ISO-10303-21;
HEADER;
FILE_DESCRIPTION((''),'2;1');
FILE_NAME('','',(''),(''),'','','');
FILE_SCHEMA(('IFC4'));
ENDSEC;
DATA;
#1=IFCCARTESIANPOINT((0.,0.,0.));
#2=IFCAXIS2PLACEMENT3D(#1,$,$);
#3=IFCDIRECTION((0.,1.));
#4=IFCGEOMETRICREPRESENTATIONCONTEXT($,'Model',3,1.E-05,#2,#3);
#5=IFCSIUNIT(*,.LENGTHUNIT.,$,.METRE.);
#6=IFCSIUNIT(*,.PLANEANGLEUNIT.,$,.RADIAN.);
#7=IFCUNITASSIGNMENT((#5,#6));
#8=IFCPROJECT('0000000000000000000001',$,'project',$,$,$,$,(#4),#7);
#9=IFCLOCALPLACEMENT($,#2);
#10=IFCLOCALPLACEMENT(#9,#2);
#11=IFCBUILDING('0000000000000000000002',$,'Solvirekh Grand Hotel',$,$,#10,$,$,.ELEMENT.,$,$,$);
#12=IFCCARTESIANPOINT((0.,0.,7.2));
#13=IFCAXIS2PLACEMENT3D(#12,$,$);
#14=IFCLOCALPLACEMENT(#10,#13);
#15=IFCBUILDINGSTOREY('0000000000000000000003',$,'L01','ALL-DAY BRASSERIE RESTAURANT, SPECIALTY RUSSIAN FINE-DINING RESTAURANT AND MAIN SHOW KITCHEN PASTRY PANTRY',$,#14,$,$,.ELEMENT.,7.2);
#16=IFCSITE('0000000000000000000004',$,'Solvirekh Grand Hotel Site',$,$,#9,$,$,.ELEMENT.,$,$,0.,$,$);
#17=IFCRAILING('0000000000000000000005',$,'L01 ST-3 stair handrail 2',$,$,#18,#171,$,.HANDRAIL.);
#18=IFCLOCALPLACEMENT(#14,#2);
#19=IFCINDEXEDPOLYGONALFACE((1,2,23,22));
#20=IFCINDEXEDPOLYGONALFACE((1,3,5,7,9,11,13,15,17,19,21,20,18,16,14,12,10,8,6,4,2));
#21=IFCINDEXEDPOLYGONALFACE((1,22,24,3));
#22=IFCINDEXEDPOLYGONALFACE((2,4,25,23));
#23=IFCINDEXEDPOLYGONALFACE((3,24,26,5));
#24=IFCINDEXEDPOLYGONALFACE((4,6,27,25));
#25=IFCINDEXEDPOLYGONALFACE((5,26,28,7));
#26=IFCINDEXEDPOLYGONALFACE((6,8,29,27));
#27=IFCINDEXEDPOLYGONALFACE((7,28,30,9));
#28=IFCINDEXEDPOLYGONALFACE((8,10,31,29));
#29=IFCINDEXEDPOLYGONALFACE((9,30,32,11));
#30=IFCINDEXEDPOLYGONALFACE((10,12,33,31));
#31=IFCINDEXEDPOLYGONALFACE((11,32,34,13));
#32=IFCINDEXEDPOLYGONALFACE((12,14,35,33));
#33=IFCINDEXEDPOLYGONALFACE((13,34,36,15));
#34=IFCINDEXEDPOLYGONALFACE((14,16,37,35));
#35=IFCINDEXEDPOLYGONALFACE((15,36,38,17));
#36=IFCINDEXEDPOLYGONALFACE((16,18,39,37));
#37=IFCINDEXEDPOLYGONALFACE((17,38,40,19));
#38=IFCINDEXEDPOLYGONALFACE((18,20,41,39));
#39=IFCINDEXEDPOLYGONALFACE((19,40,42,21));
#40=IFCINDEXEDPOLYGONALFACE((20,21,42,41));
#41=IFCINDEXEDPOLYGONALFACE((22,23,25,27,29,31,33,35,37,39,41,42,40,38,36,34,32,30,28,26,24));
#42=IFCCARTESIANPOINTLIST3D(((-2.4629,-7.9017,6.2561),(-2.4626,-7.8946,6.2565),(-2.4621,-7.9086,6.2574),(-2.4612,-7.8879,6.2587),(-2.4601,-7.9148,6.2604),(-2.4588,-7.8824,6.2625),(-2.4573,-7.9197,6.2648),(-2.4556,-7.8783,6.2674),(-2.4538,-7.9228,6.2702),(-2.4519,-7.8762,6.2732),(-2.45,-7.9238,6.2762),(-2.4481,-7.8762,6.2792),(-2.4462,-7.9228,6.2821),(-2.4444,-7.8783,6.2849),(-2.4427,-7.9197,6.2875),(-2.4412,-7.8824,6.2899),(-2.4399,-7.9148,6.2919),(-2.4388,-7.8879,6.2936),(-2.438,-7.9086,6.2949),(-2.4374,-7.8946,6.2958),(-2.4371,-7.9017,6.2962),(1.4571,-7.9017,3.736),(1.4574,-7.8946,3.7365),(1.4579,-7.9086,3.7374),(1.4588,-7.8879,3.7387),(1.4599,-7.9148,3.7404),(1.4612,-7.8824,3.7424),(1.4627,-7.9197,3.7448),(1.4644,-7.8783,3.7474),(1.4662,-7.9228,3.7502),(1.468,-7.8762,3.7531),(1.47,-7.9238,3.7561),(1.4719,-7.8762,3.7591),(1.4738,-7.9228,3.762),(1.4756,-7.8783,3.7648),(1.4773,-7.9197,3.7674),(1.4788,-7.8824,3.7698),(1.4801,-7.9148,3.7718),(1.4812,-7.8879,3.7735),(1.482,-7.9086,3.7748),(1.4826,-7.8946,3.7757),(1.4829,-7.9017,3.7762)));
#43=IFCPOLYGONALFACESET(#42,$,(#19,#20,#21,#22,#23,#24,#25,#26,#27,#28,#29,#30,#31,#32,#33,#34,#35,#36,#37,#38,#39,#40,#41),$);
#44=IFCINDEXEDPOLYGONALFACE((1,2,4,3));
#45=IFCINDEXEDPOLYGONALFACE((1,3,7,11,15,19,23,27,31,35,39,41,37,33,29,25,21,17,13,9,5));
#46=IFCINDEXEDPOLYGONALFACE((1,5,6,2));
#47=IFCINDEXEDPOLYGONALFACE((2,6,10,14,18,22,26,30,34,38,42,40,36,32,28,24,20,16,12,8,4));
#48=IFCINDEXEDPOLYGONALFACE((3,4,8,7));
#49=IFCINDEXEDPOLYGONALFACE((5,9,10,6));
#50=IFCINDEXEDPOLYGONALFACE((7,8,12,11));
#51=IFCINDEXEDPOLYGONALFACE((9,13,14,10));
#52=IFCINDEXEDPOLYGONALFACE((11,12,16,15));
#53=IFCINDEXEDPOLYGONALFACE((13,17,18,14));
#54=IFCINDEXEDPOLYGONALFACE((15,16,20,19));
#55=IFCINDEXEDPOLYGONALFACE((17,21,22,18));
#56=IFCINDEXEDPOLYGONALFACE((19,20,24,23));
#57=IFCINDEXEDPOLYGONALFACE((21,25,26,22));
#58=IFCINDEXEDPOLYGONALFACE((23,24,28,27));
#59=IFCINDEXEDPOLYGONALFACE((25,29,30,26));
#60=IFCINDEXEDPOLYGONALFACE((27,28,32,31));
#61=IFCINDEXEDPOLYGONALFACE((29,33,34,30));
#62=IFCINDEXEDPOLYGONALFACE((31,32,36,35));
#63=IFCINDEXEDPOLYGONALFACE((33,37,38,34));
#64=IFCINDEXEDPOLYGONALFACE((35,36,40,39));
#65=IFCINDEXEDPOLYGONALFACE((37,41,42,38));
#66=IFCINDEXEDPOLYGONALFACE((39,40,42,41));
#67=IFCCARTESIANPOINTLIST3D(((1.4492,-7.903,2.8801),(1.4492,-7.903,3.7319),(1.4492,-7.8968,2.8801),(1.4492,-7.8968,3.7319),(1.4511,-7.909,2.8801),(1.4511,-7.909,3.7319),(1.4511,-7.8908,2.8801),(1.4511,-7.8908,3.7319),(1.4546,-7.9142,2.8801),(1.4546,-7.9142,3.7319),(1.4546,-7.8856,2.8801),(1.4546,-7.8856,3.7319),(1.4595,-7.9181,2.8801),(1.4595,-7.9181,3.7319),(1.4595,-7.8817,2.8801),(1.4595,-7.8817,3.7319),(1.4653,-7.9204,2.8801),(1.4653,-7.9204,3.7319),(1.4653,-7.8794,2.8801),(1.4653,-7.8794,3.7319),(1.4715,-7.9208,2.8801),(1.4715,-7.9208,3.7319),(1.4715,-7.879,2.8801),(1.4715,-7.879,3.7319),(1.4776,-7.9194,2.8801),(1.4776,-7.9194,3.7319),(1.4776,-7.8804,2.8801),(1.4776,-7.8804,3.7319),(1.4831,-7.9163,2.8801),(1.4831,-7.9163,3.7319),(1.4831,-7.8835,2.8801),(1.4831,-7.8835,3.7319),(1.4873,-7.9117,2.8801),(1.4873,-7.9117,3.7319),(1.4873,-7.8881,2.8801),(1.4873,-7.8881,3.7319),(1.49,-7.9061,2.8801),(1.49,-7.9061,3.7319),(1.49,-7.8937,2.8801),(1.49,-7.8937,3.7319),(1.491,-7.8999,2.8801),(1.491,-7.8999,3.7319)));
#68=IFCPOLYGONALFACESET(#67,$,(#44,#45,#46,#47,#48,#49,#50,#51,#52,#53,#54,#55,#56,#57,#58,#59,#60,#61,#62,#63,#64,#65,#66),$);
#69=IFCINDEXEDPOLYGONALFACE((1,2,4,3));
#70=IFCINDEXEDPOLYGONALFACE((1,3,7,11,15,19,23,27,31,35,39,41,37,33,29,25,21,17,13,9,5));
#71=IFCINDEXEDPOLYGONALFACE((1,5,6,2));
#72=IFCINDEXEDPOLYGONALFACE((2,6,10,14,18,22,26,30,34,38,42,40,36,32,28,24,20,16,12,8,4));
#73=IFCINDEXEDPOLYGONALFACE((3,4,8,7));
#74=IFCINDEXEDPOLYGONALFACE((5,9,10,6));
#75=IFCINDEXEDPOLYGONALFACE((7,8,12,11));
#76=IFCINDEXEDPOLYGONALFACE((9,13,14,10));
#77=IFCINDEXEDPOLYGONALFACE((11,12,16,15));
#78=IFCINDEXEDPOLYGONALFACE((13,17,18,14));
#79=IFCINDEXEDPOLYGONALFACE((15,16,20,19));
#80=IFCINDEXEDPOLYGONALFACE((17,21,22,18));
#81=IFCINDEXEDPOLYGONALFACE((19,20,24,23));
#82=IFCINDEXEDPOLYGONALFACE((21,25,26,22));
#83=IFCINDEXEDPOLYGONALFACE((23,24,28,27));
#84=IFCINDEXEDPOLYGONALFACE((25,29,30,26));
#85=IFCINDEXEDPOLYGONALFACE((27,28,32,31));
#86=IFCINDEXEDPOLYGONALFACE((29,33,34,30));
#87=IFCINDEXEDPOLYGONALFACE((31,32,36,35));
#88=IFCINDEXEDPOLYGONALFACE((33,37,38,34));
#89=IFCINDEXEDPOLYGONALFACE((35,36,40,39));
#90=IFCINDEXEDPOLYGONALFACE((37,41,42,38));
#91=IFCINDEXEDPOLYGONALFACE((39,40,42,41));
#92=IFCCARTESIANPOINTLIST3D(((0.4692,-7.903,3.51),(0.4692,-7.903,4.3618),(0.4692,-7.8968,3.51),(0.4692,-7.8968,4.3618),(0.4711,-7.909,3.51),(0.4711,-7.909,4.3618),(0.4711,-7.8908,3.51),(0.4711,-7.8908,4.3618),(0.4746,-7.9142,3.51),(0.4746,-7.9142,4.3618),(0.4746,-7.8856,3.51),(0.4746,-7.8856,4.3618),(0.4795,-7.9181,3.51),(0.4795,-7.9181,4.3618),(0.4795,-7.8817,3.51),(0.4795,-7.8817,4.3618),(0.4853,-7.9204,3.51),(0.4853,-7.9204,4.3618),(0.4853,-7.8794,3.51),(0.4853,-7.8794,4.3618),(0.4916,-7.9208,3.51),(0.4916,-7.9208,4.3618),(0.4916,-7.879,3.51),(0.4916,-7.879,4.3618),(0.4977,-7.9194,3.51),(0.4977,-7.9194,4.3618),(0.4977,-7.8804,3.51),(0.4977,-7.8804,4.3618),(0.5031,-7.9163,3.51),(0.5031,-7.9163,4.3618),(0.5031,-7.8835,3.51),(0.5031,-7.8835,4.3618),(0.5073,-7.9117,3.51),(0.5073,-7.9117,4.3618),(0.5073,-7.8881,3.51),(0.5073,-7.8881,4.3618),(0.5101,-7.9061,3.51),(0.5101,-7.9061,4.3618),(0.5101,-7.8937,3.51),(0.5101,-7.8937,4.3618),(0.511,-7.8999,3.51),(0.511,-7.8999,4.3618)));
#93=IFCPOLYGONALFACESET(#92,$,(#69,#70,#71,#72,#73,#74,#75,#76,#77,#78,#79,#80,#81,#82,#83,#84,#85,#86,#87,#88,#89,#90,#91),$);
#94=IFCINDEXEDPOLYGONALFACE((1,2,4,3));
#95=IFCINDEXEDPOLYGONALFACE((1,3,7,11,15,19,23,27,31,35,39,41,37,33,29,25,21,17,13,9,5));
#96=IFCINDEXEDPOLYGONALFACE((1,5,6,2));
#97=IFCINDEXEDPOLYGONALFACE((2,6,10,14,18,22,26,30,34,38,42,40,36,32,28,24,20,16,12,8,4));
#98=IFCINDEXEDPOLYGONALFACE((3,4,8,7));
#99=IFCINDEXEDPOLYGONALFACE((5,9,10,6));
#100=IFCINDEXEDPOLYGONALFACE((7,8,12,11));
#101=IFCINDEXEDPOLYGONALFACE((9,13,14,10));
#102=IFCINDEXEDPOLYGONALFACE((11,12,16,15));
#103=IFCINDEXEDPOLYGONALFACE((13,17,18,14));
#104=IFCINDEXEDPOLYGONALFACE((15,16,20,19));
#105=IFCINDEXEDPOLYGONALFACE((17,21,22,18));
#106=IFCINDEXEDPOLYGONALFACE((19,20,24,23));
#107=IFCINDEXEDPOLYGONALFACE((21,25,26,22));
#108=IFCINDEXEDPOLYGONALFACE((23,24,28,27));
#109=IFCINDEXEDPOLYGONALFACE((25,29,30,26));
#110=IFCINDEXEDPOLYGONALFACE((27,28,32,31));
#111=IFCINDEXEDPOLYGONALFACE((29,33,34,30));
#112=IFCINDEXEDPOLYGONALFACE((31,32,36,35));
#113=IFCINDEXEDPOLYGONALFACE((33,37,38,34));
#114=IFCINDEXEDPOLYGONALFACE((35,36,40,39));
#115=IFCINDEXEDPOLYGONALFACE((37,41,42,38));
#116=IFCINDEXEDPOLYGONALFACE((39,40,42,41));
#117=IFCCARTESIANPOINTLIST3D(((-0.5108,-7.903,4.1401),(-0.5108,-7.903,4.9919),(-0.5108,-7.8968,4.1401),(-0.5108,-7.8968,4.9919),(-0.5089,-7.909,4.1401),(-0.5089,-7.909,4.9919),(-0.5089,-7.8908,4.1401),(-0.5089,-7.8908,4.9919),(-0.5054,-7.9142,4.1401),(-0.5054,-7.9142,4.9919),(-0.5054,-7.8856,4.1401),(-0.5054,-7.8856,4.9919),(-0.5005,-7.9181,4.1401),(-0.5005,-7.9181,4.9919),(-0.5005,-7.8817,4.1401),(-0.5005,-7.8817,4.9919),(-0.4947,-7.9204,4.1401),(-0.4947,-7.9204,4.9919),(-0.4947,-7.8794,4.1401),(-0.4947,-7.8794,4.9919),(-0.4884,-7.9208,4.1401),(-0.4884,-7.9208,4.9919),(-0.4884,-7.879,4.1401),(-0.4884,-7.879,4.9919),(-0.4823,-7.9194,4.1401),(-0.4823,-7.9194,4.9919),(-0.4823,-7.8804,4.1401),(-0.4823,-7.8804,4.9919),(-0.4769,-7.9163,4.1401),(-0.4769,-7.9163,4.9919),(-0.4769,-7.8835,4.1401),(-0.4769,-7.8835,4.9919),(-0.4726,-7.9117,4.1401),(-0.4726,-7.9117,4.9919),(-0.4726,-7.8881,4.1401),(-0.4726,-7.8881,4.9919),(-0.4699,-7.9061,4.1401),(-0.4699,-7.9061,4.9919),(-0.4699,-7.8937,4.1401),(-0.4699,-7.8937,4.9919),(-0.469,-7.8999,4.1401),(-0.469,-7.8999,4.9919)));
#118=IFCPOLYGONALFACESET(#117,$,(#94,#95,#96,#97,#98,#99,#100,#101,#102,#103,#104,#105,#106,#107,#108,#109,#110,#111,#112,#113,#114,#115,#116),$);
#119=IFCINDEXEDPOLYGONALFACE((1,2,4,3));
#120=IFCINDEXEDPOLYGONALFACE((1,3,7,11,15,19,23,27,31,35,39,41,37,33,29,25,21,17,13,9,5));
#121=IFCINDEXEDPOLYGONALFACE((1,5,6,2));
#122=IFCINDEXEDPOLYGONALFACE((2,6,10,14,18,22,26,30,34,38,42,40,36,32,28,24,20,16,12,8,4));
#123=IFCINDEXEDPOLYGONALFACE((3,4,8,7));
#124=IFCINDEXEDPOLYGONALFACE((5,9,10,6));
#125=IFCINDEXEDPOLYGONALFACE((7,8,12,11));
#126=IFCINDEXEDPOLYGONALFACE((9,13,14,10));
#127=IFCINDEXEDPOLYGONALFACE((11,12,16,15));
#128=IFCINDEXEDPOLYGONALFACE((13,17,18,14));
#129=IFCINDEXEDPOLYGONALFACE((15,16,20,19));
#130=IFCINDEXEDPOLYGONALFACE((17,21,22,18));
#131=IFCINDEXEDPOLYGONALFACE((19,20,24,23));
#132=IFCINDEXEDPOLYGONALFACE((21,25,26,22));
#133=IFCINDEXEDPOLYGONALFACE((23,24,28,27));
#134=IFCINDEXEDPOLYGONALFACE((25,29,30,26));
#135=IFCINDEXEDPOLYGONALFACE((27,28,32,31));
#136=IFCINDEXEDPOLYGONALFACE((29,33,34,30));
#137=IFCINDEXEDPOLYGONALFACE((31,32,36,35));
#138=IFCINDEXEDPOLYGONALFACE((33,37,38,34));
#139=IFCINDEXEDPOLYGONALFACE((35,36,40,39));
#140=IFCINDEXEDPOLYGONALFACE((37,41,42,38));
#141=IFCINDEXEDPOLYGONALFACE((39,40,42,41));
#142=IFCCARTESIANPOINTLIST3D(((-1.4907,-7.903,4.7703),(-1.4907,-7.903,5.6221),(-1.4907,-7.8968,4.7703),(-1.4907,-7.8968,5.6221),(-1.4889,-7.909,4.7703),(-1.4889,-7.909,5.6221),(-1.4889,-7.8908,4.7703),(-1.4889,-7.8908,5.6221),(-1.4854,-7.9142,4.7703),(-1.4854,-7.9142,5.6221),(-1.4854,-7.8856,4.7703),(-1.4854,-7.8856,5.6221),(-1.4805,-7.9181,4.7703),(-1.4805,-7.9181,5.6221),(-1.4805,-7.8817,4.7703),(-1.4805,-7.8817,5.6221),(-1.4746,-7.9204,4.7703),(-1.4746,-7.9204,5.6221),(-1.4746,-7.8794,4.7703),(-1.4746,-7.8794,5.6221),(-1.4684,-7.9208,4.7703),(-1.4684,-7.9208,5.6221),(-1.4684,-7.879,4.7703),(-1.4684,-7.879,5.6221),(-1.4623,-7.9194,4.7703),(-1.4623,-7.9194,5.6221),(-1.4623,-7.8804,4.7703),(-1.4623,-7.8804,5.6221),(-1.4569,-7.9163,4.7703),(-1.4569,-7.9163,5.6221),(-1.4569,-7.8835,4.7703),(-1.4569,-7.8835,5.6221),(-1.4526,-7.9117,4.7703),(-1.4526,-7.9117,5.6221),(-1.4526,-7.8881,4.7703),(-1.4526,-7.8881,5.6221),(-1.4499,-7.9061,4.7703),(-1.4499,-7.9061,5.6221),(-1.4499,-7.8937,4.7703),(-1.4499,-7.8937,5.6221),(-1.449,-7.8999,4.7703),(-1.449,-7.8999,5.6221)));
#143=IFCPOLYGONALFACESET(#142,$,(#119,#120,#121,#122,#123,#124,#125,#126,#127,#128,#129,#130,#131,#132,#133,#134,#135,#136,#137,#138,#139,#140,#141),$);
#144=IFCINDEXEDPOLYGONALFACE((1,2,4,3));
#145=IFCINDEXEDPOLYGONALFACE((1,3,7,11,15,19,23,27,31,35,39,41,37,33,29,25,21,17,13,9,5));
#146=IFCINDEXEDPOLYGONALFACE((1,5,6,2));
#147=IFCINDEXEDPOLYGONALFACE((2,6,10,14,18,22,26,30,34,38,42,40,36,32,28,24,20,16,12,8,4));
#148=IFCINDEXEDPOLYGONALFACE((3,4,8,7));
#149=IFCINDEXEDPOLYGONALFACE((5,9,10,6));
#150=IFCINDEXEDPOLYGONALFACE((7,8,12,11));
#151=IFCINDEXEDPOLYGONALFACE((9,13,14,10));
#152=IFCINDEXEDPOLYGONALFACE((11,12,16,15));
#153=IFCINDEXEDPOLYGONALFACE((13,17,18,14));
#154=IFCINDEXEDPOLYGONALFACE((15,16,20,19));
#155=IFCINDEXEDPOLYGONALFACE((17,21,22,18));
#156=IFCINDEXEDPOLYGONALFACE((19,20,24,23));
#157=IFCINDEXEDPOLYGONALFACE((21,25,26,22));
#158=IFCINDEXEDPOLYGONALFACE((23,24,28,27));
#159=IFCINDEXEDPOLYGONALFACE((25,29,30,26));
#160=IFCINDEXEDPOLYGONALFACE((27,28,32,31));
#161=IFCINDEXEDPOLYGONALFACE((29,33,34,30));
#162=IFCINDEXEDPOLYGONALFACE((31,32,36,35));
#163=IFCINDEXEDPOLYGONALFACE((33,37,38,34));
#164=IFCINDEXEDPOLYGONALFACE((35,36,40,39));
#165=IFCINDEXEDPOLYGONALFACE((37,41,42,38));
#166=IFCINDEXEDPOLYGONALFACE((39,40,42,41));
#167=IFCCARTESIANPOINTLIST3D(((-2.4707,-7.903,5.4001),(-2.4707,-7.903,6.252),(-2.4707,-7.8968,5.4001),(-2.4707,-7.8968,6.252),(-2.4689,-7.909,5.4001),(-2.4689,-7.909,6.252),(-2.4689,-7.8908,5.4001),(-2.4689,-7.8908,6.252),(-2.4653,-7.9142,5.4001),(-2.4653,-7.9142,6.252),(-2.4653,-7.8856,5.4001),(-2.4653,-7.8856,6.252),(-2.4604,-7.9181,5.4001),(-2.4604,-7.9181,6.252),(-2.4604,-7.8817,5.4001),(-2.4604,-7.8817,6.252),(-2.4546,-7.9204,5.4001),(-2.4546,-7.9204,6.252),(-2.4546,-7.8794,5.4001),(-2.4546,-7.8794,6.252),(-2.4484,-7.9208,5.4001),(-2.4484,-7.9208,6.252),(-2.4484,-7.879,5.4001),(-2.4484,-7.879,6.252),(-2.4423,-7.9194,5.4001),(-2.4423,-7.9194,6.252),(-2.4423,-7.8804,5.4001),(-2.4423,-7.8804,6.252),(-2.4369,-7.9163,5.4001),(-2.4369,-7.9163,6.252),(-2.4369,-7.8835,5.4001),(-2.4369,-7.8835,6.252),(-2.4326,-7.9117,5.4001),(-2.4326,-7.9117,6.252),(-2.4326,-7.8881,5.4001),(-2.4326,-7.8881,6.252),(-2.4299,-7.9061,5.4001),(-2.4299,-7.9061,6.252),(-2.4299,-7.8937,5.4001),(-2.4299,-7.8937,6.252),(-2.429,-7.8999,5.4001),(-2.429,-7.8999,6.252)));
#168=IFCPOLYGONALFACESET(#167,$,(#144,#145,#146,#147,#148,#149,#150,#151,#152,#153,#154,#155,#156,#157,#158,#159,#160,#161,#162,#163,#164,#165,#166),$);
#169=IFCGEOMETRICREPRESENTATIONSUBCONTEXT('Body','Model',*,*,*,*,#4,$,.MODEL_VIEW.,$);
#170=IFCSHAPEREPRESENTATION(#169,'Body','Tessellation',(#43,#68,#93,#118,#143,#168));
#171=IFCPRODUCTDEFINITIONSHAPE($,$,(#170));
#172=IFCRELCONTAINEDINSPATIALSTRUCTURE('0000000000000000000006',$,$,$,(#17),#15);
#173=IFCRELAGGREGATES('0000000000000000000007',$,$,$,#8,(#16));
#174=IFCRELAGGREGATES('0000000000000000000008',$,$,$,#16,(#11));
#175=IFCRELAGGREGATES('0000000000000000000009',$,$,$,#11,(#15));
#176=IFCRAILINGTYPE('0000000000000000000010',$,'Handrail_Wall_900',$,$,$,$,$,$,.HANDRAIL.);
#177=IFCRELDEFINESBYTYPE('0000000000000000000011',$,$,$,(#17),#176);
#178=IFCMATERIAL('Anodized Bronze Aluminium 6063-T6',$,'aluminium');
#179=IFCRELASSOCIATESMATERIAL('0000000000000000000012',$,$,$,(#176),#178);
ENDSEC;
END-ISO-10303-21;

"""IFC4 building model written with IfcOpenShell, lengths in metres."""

from ifc_helpers import new_model, si_unit, direction, frame, origin, origin_2d, place, context, subcontext, project, spatial, circle, extrude, material, type_object, element, save


model = new_model("IFC4")

# Units and contexts
model_context = context("Model", 3, precision=1e-05, world=origin(), true_north=direction((0.0, 1.0)))
body_context = subcontext(model_context, "Body", "Model", "MODEL_VIEW")
ifc_project = project(units=[si_unit("LENGTHUNIT", "METRE"), si_unit("PLANEANGLEUNIT", "RADIAN")], contexts=[model_context])

# Site, building, storey
site_placement = place(None, origin())
site = spatial("IfcSite", under=ifc_project, at=site_placement, Name="Solvirekh Grand Hotel Site", CompositionType="ELEMENT", RefElevation=0.0)
building_placement = place(site_placement, origin())
building = spatial("IfcBuilding", under=site, at=building_placement, Name="Solvirekh Grand Hotel", CompositionType="ELEMENT")
storey_placement = place(building_placement, frame((0.0, 0.0, 7.2)))
storey = spatial("IfcBuildingStorey", under=building, at=storey_placement, Name="L01", Description="ALL-DAY BRASSERIE RESTAURANT, SPECIALTY RUSSIAN FINE-DINING RESTAURANT AND MAIN SHOW KITCHEN PASTRY PANTRY", CompositionType="ELEMENT", Elevation=7.2)

# Shared definitions
ifc_material_1 = material(Name="Anodized Bronze Aluminium 6063-T6", Category="aluminium")

# Railing
railing_type_1 = type_object("IfcRailingType", Name="Handrail_Wall_900", PredefinedType="HANDRAIL", material=ifc_material_1)
railing_1_placement = place(storey_placement, frame((1.47, -7.8999, 2.8801)))
element("IfcRailing", 1, at=railing_1_placement, inside=storey, type_object=railing_type_1, Name="L01 ST-3 stair handrail 2", PredefinedType="HANDRAIL", context=body_context, shape_type="SweptSolid", body=[
    extrude(circle(Radius=0.0239, at=origin_2d()), frame((0.0, 0.0, 0.876), z_axis=(-0.841172, 0.0, 0.540768), x_axis=(0.0, -1.0, 0.0)), (0.0, 0.0, 1.0), 4.6602),
    extrude(circle(Radius=0.021, at=origin_2d()), origin(), (0.0, 0.0, 1.0), 0.8518),
    extrude(circle(Radius=0.021, at=origin_2d()), frame((-0.98, 0.0, 0.6299)), (0.0, 0.0, 1.0), 0.8518),
    extrude(circle(Radius=0.021, at=origin_2d()), frame((-1.96, 0.0, 1.26)), (0.0, 0.0, 1.0), 0.8518),
    extrude(circle(Radius=0.021, at=origin_2d()), frame((-2.9399, 0.0, 1.8901)), (0.0, 0.0, 1.0), 0.8518),
    extrude(circle(Radius=0.021, at=origin_2d()), frame((-3.9199, 0.0, 2.52)), (0.0, 0.0, 1.0), 0.8518),
])

save(model, "model.ifc")
